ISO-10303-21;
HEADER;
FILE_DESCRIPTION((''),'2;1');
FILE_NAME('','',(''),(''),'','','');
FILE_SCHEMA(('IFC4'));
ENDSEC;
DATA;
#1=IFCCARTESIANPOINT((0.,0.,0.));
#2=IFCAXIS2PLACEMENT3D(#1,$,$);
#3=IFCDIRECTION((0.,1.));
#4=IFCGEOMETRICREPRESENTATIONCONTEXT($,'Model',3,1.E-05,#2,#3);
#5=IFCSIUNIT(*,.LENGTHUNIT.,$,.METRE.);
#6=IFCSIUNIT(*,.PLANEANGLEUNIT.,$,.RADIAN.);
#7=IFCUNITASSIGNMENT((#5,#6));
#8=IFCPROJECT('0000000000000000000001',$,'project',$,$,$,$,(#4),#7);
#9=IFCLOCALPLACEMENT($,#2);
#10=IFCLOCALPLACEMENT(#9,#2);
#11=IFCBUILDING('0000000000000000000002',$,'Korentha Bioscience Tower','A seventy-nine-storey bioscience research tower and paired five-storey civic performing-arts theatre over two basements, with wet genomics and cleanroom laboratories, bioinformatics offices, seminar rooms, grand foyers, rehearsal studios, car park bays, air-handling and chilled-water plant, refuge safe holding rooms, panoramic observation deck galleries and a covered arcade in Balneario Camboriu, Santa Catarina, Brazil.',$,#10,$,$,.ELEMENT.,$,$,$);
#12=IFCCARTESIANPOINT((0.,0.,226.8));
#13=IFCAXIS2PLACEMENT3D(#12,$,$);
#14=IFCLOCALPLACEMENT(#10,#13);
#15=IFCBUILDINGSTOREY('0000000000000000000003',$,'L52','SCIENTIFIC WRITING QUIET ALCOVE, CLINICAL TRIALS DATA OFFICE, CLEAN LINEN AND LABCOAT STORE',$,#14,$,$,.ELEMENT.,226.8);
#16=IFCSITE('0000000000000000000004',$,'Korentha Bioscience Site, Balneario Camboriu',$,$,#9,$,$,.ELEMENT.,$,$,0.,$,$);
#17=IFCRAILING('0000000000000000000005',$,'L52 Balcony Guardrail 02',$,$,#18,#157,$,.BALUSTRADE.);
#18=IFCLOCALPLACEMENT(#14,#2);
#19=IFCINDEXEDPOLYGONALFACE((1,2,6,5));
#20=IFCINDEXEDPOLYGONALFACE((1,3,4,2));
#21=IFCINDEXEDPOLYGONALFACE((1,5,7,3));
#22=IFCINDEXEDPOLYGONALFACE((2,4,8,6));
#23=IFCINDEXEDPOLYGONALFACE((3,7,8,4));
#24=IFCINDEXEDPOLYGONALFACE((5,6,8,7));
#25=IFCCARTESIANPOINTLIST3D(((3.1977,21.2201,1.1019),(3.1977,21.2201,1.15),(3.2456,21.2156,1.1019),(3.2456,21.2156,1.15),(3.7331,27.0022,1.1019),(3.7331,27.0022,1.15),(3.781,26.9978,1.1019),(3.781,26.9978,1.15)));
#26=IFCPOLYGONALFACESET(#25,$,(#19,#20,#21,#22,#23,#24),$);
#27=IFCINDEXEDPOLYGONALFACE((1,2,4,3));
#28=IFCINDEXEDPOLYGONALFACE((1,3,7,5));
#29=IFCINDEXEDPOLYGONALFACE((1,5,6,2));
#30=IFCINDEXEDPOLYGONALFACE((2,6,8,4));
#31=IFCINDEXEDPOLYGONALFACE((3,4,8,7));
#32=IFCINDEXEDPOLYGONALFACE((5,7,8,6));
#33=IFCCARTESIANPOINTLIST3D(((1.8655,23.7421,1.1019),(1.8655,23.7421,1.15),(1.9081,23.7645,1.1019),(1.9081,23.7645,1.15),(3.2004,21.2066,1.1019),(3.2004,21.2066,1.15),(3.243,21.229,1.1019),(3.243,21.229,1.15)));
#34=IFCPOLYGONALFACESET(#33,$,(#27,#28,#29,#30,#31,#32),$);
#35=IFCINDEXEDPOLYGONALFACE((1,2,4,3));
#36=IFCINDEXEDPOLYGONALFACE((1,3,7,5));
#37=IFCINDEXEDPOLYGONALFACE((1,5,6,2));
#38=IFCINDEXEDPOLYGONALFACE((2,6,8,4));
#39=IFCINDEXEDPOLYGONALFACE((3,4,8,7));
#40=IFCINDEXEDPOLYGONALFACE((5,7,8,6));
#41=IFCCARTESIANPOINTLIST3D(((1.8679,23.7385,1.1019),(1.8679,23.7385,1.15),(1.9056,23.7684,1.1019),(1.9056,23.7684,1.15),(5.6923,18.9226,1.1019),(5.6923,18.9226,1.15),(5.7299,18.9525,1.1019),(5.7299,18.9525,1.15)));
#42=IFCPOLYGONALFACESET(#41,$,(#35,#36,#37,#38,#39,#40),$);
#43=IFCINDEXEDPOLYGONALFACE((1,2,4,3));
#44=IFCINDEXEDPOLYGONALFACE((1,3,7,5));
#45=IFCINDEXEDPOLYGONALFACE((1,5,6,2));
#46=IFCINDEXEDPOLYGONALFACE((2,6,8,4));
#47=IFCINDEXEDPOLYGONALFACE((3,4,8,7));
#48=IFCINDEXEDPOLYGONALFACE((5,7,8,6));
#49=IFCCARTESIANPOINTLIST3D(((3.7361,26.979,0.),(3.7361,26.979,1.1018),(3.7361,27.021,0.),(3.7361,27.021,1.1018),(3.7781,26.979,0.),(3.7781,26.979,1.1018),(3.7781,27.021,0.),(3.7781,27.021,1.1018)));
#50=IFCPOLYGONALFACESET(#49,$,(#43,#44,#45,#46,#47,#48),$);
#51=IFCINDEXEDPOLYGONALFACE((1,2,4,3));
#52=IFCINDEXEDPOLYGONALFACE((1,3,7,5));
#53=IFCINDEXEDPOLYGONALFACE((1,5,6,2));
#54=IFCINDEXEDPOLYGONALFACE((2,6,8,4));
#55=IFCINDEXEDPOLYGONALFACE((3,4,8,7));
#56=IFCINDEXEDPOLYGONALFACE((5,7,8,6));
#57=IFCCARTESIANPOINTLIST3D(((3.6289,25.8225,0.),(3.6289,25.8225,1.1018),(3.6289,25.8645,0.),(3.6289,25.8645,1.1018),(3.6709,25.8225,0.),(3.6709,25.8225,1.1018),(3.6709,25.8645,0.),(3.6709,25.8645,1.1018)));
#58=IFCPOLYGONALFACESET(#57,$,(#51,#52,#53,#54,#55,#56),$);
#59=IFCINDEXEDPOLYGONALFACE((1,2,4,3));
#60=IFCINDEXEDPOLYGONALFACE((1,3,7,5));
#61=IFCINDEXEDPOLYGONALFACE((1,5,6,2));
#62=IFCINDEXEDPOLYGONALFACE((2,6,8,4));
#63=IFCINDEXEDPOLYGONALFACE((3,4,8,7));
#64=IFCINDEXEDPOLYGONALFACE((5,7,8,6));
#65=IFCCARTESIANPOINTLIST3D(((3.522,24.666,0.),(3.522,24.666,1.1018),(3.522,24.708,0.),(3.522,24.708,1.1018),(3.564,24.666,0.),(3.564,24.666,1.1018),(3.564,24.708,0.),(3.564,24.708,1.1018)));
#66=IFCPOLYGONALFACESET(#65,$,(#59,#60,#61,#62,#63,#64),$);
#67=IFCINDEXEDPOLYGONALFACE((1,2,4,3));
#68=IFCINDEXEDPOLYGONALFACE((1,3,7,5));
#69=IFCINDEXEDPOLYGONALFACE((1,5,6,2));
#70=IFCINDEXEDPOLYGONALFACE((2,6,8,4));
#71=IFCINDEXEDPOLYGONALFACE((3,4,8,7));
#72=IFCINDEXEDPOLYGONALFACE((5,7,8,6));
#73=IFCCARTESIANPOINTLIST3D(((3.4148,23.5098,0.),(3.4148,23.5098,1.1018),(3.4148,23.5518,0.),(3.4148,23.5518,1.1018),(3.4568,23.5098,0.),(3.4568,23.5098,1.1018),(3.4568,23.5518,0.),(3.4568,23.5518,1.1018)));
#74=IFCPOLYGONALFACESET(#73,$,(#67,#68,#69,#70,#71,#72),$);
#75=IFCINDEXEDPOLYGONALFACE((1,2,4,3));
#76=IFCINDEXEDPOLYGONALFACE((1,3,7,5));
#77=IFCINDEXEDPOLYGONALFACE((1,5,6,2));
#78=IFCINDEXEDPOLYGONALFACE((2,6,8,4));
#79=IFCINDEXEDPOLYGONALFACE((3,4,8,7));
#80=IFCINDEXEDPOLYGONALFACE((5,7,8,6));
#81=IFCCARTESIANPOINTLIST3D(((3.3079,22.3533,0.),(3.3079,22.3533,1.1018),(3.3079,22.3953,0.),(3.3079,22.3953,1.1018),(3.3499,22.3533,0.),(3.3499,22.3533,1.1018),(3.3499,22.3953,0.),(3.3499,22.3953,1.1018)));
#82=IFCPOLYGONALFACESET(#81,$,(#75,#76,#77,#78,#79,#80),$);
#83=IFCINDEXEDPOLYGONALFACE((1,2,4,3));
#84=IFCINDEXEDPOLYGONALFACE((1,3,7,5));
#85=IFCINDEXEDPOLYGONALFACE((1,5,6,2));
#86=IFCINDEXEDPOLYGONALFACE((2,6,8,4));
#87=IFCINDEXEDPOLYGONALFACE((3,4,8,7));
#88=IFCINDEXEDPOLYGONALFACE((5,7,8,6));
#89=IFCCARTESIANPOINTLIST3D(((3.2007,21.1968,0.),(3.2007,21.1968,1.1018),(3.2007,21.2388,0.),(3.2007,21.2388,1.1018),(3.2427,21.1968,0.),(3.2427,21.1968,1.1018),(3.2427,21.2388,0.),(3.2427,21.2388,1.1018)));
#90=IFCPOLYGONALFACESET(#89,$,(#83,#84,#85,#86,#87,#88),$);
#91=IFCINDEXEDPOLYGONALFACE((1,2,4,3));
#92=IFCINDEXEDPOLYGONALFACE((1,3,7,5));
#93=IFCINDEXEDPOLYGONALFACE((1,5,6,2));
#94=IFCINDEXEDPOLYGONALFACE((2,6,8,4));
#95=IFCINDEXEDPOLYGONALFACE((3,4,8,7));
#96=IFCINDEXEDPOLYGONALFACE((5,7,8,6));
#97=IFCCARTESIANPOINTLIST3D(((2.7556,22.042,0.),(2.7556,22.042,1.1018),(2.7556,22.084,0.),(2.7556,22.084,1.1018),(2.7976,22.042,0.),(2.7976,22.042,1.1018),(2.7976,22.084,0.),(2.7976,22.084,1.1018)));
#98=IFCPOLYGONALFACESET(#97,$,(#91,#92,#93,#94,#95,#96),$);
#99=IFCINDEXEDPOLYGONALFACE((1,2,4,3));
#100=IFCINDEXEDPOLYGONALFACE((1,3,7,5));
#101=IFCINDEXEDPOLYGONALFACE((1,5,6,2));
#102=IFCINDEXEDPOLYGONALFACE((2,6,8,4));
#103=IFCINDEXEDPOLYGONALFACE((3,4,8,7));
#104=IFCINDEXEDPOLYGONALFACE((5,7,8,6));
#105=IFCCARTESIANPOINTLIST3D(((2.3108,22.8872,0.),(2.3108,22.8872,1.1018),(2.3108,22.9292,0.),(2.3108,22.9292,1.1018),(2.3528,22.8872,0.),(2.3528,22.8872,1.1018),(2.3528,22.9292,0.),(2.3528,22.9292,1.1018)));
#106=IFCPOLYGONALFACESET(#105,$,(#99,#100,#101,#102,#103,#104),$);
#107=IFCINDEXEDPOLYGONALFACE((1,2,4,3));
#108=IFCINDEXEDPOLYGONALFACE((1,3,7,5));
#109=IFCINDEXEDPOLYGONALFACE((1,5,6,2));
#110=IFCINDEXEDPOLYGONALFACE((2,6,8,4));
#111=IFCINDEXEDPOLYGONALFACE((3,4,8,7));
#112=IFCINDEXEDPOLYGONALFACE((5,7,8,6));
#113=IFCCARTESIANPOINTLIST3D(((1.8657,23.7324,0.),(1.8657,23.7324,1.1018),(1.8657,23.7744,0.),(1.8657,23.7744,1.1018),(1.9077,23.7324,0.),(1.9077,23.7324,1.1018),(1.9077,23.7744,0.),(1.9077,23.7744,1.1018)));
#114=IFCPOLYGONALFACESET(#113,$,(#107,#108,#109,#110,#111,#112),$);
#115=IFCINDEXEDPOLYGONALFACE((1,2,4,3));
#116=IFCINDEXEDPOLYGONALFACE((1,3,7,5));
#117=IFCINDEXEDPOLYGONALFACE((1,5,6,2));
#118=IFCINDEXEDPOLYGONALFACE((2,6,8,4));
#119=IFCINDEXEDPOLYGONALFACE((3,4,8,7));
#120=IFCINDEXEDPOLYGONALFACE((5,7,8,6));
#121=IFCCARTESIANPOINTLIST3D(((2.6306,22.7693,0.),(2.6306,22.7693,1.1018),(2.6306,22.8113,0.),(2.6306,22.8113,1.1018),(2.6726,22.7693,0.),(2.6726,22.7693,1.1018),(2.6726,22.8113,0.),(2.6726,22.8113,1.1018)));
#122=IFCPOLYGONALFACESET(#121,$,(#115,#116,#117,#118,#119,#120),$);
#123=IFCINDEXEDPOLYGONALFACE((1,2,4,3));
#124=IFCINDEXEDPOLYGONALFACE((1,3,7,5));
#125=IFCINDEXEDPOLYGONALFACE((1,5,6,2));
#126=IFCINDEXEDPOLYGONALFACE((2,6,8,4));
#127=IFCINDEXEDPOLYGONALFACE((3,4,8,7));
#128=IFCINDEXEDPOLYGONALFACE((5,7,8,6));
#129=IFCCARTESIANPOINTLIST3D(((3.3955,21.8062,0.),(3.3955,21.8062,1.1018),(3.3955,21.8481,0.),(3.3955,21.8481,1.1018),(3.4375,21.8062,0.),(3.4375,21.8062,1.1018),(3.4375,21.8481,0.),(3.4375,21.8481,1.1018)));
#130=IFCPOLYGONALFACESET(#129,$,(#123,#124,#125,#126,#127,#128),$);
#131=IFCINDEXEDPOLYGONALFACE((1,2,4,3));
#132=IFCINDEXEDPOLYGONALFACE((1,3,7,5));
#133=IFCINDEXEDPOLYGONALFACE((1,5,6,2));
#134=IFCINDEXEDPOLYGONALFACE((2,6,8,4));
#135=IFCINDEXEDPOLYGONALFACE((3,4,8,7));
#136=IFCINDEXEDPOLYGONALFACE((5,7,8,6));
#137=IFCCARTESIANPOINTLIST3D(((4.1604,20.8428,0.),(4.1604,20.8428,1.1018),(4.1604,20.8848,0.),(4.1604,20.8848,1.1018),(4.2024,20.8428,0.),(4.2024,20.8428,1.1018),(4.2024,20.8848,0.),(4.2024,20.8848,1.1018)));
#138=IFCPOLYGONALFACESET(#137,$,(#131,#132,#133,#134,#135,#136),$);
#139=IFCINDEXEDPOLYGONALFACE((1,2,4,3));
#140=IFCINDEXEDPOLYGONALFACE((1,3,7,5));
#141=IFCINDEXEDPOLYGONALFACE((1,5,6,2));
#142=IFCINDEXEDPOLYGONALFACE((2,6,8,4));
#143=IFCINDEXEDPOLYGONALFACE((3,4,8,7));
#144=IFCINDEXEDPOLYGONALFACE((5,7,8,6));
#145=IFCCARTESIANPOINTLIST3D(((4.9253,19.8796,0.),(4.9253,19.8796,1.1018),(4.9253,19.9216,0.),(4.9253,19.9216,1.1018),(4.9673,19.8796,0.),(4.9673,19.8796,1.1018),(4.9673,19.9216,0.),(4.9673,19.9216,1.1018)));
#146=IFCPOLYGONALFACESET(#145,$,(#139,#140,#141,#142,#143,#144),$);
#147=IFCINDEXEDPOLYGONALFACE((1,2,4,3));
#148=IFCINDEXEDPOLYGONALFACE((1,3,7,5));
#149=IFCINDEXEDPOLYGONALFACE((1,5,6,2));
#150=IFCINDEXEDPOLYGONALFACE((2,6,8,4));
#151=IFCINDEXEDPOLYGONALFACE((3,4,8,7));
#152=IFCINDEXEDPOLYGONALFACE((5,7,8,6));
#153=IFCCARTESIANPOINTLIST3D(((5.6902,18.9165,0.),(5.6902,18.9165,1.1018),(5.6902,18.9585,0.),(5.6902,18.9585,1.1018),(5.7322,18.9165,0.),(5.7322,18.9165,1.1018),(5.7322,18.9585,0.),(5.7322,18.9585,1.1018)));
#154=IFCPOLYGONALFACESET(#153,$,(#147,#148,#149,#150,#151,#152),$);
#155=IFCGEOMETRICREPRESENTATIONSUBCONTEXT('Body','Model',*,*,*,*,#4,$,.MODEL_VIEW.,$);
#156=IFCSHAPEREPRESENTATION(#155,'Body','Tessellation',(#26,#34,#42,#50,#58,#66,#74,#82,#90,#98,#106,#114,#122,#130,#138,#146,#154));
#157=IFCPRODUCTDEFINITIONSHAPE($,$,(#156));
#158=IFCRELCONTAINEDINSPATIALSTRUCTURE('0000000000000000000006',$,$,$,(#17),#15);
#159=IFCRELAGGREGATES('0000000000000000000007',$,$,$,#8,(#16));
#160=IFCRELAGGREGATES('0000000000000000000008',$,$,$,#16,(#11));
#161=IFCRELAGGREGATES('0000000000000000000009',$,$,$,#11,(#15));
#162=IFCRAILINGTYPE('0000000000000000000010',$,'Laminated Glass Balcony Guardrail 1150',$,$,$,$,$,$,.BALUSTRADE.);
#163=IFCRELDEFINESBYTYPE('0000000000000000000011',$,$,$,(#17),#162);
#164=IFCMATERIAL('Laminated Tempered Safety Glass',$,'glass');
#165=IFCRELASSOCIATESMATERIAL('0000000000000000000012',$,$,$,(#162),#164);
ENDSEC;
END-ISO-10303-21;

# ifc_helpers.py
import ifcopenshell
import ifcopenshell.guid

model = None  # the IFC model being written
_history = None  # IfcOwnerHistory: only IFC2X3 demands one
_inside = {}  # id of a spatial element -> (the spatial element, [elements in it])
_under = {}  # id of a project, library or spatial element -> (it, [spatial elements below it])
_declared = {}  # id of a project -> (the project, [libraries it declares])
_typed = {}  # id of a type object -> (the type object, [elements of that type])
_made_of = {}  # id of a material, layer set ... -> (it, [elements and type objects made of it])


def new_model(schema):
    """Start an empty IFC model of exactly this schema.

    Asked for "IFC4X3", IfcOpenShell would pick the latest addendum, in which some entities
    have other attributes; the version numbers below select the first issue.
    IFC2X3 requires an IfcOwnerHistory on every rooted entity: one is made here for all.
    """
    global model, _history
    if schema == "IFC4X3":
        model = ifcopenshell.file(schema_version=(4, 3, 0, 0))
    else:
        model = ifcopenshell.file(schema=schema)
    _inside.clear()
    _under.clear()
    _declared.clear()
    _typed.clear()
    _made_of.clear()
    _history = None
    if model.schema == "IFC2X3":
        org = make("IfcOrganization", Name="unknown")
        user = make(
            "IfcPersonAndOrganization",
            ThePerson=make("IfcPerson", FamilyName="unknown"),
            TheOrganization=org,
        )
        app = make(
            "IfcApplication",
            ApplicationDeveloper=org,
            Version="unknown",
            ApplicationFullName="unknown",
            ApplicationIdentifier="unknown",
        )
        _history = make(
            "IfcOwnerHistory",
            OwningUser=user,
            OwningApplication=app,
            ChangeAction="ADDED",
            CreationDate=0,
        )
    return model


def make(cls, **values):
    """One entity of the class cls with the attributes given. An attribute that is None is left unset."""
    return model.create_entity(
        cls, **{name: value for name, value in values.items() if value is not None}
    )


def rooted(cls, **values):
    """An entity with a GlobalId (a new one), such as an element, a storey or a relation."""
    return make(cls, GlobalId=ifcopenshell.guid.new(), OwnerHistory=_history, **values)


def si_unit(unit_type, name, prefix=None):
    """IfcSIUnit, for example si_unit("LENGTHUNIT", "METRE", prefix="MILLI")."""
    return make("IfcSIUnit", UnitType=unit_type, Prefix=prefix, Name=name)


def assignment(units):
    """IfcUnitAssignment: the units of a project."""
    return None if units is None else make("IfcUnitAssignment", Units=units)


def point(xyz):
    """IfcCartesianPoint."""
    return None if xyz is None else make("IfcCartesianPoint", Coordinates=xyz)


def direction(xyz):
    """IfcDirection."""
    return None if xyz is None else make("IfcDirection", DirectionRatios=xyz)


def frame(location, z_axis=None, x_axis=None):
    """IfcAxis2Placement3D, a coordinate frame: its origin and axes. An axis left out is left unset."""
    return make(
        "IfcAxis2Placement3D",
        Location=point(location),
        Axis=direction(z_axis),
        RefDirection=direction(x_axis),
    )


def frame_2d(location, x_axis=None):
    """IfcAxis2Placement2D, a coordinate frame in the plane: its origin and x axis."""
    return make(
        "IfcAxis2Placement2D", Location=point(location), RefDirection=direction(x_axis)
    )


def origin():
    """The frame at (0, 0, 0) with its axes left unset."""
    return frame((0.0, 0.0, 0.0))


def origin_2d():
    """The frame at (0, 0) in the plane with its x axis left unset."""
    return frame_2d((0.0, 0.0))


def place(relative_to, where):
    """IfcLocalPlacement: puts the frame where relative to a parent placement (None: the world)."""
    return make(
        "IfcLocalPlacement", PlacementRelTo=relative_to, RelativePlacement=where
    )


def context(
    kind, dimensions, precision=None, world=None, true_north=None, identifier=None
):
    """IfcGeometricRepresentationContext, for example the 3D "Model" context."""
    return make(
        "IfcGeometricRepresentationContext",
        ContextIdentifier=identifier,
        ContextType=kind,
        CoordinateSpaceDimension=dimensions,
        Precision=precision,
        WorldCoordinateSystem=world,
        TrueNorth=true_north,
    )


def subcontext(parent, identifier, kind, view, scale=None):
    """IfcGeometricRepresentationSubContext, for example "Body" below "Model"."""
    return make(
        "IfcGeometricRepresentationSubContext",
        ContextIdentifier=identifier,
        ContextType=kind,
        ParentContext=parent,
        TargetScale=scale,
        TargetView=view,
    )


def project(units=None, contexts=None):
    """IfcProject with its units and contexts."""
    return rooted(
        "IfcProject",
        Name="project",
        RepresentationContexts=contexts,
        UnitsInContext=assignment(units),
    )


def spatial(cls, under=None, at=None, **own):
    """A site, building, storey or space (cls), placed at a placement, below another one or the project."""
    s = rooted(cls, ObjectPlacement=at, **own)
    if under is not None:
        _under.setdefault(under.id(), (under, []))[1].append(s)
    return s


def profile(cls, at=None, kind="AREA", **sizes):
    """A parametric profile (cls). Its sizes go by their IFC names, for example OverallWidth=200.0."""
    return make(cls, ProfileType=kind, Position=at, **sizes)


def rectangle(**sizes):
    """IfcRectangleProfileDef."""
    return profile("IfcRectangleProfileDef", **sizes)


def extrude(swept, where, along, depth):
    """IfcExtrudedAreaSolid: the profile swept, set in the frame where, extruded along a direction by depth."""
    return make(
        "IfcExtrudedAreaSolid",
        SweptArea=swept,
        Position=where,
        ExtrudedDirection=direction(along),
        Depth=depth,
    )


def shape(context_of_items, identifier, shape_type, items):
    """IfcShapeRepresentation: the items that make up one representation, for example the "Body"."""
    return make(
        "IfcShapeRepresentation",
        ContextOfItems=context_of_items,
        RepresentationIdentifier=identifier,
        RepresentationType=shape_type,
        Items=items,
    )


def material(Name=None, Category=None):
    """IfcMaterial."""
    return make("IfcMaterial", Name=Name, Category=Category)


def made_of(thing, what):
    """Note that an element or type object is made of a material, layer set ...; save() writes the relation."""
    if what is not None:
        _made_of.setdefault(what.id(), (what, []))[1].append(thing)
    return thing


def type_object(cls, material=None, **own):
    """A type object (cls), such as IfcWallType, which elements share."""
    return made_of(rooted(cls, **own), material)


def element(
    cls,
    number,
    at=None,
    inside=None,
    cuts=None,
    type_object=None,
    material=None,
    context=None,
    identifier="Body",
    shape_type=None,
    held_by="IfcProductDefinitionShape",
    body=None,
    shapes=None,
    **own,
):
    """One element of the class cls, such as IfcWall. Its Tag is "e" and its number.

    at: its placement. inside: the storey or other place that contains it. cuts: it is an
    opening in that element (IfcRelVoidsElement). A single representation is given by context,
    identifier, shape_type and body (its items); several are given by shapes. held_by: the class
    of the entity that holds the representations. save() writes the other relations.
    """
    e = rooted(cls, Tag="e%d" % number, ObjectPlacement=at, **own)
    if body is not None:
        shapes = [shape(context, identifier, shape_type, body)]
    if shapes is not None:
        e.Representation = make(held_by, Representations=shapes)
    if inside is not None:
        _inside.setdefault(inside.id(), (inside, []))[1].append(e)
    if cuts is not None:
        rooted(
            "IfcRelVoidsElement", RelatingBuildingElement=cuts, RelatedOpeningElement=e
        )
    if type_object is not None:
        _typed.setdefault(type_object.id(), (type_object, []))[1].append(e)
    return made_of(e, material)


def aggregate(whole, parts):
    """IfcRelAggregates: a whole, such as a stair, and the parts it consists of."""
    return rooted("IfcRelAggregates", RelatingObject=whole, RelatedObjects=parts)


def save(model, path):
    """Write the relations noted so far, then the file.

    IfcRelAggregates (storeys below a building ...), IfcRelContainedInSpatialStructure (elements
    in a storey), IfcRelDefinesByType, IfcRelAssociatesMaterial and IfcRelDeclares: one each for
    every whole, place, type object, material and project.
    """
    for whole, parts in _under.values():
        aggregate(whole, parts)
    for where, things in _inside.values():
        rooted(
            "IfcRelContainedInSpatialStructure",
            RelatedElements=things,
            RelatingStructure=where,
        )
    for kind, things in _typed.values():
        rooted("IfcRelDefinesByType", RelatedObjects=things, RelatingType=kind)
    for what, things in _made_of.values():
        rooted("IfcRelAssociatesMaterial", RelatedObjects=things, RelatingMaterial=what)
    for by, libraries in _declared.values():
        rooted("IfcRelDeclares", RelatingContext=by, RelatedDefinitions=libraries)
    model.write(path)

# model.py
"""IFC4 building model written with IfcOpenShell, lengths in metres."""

from ifc_helpers import new_model, si_unit, direction, frame, origin, origin_2d, place, context, subcontext, project, spatial, rectangle, extrude, material, type_object, element, save


model = new_model("IFC4")

# Units and contexts
model_context = context("Model", 3, precision=1e-05, world=origin(), true_north=direction((0.0, 1.0)))
body_context = subcontext(model_context, "Body", "Model", "MODEL_VIEW")
ifc_project = project(units=[si_unit("LENGTHUNIT", "METRE"), si_unit("PLANEANGLEUNIT", "RADIAN")], contexts=[model_context])

# Site, building, storey
site_placement = place(None, origin())
site = spatial("IfcSite", under=ifc_project, at=site_placement, Name="Korentha Bioscience Site, Balneario Camboriu", CompositionType="ELEMENT", RefElevation=0.0)
building_placement = place(site_placement, origin())
building = spatial("IfcBuilding", under=site, at=building_placement, Name="Korentha Bioscience Tower", Description="A seventy-nine-storey bioscience research tower and paired five-storey civic performing-arts theatre over two basements, with wet genomics and cleanroom laboratories, bioinformatics offices, seminar rooms, grand foyers, rehearsal studios, car park bays, air-handling and chilled-water plant, refuge safe holding rooms, panoramic observation deck galleries and a covered arcade in Balneario Camboriu, Santa Catarina, Brazil.", CompositionType="ELEMENT")
storey_placement = place(building_placement, frame((0.0, 0.0, 226.8)))
storey = spatial("IfcBuildingStorey", under=building, at=storey_placement, Name="L52", Description="SCIENTIFIC WRITING QUIET ALCOVE, CLINICAL TRIALS DATA OFFICE, CLEAN LINEN AND LABCOAT STORE", CompositionType="ELEMENT", Elevation=226.8)

# Railing
ifc_material_1 = material(Name="Laminated Tempered Safety Glass", Category="glass")
railing_type = type_object("IfcRailingType", Name="Laminated Glass Balcony Guardrail 1150", PredefinedType="BALUSTRADE", material=ifc_material_1)
railing_placement = place(storey_placement, frame((3.7571, 27.0, 0.0)))
element("IfcRailing", 1, at=railing_placement, inside=storey, type_object=railing_type, Name="L52 Balcony Guardrail 02", PredefinedType="BALUSTRADE", context=body_context, shape_type="SweptSolid", body=[
    extrude(rectangle(XDim=0.0481, YDim=0.0481, at=origin_2d()), frame((0.0, 0.0, 1.126), z_axis=(-0.0922, -0.995741, 0.0), x_axis=(0.995741, -0.0922, 0.0)), (0.0, 0.0, 1.0), 5.8069),
    extrude(rectangle(XDim=0.0481, YDim=0.0481, at=origin_2d()), frame((-0.5354, -5.7822, 1.126), z_axis=(-0.465859, 0.884859, 0.0), x_axis=(-0.884859, -0.465859, 0.0)), (0.0, 0.0, 1.0), 2.8655),
    extrude(rectangle(XDim=0.0481, YDim=0.0481, at=origin_2d()), frame((-1.8704, -3.2466, 1.126), z_axis=(0.621888, -0.783106, 0.0), x_axis=(0.783106, 0.621888, 0.0)), (0.0, 0.0, 1.0), 6.1497),
    extrude(rectangle(XDim=0.042, YDim=0.042, at=origin_2d()), origin(), (0.0, 0.0, 1.0), 1.1018),
    extrude(rectangle(XDim=0.042, YDim=0.042, at=origin_2d()), frame((-0.1072, -1.1565, 0.0)), (0.0, 0.0, 1.0), 1.1018),
    extrude(rectangle(XDim=0.042, YDim=0.042, at=origin_2d()), frame((-0.2141, -2.313, 0.0)), (0.0, 0.0, 1.0), 1.1018),
    extrude(rectangle(XDim=0.042, YDim=0.042, at=origin_2d()), frame((-0.3213, -3.4692, 0.0)), (0.0, 0.0, 1.0), 1.1018),
    extrude(rectangle(XDim=0.042, YDim=0.042, at=origin_2d()), frame((-0.4282, -4.6257, 0.0)), (0.0, 0.0, 1.0), 1.1018),
    extrude(rectangle(XDim=0.042, YDim=0.042, at=origin_2d()), frame((-0.5354, -5.7822, 0.0)), (0.0, 0.0, 1.0), 1.1018),
    extrude(rectangle(XDim=0.042, YDim=0.042, at=origin_2d()), frame((-0.9805, -4.937, 0.0)), (0.0, 0.0, 1.0), 1.1018),
    extrude(rectangle(XDim=0.042, YDim=0.042, at=origin_2d()), frame((-1.4253, -4.0918, 0.0)), (0.0, 0.0, 1.0), 1.1018),
    extrude(rectangle(XDim=0.042, YDim=0.042, at=origin_2d()), frame((-1.8704, -3.2466, 0.0)), (0.0, 0.0, 1.0), 1.1018),
    extrude(rectangle(XDim=0.042, YDim=0.042, at=origin_2d()), frame((-1.1055, -4.2097, 0.0)), (0.0, 0.0, 1.0), 1.1018),
    extrude(rectangle(XDim=0.042, YDim=0.042, at=origin_2d()), frame((-0.3406, -5.1729, 0.0)), (0.0, 0.0, 1.0), 1.1018),
    extrude(rectangle(XDim=0.042, YDim=0.042, at=origin_2d()), frame((0.4243, -6.1362, 0.0)), (0.0, 0.0, 1.0), 1.1018),
    extrude(rectangle(XDim=0.042, YDim=0.042, at=origin_2d()), frame((1.1892, -7.0994, 0.0)), (0.0, 0.0, 1.0), 1.1018),
    extrude(rectangle(XDim=0.042, YDim=0.042, at=origin_2d()), frame((1.9541, -8.0625, 0.0)), (0.0, 0.0, 1.0), 1.1018),
])

save(model, "model.ifc")
